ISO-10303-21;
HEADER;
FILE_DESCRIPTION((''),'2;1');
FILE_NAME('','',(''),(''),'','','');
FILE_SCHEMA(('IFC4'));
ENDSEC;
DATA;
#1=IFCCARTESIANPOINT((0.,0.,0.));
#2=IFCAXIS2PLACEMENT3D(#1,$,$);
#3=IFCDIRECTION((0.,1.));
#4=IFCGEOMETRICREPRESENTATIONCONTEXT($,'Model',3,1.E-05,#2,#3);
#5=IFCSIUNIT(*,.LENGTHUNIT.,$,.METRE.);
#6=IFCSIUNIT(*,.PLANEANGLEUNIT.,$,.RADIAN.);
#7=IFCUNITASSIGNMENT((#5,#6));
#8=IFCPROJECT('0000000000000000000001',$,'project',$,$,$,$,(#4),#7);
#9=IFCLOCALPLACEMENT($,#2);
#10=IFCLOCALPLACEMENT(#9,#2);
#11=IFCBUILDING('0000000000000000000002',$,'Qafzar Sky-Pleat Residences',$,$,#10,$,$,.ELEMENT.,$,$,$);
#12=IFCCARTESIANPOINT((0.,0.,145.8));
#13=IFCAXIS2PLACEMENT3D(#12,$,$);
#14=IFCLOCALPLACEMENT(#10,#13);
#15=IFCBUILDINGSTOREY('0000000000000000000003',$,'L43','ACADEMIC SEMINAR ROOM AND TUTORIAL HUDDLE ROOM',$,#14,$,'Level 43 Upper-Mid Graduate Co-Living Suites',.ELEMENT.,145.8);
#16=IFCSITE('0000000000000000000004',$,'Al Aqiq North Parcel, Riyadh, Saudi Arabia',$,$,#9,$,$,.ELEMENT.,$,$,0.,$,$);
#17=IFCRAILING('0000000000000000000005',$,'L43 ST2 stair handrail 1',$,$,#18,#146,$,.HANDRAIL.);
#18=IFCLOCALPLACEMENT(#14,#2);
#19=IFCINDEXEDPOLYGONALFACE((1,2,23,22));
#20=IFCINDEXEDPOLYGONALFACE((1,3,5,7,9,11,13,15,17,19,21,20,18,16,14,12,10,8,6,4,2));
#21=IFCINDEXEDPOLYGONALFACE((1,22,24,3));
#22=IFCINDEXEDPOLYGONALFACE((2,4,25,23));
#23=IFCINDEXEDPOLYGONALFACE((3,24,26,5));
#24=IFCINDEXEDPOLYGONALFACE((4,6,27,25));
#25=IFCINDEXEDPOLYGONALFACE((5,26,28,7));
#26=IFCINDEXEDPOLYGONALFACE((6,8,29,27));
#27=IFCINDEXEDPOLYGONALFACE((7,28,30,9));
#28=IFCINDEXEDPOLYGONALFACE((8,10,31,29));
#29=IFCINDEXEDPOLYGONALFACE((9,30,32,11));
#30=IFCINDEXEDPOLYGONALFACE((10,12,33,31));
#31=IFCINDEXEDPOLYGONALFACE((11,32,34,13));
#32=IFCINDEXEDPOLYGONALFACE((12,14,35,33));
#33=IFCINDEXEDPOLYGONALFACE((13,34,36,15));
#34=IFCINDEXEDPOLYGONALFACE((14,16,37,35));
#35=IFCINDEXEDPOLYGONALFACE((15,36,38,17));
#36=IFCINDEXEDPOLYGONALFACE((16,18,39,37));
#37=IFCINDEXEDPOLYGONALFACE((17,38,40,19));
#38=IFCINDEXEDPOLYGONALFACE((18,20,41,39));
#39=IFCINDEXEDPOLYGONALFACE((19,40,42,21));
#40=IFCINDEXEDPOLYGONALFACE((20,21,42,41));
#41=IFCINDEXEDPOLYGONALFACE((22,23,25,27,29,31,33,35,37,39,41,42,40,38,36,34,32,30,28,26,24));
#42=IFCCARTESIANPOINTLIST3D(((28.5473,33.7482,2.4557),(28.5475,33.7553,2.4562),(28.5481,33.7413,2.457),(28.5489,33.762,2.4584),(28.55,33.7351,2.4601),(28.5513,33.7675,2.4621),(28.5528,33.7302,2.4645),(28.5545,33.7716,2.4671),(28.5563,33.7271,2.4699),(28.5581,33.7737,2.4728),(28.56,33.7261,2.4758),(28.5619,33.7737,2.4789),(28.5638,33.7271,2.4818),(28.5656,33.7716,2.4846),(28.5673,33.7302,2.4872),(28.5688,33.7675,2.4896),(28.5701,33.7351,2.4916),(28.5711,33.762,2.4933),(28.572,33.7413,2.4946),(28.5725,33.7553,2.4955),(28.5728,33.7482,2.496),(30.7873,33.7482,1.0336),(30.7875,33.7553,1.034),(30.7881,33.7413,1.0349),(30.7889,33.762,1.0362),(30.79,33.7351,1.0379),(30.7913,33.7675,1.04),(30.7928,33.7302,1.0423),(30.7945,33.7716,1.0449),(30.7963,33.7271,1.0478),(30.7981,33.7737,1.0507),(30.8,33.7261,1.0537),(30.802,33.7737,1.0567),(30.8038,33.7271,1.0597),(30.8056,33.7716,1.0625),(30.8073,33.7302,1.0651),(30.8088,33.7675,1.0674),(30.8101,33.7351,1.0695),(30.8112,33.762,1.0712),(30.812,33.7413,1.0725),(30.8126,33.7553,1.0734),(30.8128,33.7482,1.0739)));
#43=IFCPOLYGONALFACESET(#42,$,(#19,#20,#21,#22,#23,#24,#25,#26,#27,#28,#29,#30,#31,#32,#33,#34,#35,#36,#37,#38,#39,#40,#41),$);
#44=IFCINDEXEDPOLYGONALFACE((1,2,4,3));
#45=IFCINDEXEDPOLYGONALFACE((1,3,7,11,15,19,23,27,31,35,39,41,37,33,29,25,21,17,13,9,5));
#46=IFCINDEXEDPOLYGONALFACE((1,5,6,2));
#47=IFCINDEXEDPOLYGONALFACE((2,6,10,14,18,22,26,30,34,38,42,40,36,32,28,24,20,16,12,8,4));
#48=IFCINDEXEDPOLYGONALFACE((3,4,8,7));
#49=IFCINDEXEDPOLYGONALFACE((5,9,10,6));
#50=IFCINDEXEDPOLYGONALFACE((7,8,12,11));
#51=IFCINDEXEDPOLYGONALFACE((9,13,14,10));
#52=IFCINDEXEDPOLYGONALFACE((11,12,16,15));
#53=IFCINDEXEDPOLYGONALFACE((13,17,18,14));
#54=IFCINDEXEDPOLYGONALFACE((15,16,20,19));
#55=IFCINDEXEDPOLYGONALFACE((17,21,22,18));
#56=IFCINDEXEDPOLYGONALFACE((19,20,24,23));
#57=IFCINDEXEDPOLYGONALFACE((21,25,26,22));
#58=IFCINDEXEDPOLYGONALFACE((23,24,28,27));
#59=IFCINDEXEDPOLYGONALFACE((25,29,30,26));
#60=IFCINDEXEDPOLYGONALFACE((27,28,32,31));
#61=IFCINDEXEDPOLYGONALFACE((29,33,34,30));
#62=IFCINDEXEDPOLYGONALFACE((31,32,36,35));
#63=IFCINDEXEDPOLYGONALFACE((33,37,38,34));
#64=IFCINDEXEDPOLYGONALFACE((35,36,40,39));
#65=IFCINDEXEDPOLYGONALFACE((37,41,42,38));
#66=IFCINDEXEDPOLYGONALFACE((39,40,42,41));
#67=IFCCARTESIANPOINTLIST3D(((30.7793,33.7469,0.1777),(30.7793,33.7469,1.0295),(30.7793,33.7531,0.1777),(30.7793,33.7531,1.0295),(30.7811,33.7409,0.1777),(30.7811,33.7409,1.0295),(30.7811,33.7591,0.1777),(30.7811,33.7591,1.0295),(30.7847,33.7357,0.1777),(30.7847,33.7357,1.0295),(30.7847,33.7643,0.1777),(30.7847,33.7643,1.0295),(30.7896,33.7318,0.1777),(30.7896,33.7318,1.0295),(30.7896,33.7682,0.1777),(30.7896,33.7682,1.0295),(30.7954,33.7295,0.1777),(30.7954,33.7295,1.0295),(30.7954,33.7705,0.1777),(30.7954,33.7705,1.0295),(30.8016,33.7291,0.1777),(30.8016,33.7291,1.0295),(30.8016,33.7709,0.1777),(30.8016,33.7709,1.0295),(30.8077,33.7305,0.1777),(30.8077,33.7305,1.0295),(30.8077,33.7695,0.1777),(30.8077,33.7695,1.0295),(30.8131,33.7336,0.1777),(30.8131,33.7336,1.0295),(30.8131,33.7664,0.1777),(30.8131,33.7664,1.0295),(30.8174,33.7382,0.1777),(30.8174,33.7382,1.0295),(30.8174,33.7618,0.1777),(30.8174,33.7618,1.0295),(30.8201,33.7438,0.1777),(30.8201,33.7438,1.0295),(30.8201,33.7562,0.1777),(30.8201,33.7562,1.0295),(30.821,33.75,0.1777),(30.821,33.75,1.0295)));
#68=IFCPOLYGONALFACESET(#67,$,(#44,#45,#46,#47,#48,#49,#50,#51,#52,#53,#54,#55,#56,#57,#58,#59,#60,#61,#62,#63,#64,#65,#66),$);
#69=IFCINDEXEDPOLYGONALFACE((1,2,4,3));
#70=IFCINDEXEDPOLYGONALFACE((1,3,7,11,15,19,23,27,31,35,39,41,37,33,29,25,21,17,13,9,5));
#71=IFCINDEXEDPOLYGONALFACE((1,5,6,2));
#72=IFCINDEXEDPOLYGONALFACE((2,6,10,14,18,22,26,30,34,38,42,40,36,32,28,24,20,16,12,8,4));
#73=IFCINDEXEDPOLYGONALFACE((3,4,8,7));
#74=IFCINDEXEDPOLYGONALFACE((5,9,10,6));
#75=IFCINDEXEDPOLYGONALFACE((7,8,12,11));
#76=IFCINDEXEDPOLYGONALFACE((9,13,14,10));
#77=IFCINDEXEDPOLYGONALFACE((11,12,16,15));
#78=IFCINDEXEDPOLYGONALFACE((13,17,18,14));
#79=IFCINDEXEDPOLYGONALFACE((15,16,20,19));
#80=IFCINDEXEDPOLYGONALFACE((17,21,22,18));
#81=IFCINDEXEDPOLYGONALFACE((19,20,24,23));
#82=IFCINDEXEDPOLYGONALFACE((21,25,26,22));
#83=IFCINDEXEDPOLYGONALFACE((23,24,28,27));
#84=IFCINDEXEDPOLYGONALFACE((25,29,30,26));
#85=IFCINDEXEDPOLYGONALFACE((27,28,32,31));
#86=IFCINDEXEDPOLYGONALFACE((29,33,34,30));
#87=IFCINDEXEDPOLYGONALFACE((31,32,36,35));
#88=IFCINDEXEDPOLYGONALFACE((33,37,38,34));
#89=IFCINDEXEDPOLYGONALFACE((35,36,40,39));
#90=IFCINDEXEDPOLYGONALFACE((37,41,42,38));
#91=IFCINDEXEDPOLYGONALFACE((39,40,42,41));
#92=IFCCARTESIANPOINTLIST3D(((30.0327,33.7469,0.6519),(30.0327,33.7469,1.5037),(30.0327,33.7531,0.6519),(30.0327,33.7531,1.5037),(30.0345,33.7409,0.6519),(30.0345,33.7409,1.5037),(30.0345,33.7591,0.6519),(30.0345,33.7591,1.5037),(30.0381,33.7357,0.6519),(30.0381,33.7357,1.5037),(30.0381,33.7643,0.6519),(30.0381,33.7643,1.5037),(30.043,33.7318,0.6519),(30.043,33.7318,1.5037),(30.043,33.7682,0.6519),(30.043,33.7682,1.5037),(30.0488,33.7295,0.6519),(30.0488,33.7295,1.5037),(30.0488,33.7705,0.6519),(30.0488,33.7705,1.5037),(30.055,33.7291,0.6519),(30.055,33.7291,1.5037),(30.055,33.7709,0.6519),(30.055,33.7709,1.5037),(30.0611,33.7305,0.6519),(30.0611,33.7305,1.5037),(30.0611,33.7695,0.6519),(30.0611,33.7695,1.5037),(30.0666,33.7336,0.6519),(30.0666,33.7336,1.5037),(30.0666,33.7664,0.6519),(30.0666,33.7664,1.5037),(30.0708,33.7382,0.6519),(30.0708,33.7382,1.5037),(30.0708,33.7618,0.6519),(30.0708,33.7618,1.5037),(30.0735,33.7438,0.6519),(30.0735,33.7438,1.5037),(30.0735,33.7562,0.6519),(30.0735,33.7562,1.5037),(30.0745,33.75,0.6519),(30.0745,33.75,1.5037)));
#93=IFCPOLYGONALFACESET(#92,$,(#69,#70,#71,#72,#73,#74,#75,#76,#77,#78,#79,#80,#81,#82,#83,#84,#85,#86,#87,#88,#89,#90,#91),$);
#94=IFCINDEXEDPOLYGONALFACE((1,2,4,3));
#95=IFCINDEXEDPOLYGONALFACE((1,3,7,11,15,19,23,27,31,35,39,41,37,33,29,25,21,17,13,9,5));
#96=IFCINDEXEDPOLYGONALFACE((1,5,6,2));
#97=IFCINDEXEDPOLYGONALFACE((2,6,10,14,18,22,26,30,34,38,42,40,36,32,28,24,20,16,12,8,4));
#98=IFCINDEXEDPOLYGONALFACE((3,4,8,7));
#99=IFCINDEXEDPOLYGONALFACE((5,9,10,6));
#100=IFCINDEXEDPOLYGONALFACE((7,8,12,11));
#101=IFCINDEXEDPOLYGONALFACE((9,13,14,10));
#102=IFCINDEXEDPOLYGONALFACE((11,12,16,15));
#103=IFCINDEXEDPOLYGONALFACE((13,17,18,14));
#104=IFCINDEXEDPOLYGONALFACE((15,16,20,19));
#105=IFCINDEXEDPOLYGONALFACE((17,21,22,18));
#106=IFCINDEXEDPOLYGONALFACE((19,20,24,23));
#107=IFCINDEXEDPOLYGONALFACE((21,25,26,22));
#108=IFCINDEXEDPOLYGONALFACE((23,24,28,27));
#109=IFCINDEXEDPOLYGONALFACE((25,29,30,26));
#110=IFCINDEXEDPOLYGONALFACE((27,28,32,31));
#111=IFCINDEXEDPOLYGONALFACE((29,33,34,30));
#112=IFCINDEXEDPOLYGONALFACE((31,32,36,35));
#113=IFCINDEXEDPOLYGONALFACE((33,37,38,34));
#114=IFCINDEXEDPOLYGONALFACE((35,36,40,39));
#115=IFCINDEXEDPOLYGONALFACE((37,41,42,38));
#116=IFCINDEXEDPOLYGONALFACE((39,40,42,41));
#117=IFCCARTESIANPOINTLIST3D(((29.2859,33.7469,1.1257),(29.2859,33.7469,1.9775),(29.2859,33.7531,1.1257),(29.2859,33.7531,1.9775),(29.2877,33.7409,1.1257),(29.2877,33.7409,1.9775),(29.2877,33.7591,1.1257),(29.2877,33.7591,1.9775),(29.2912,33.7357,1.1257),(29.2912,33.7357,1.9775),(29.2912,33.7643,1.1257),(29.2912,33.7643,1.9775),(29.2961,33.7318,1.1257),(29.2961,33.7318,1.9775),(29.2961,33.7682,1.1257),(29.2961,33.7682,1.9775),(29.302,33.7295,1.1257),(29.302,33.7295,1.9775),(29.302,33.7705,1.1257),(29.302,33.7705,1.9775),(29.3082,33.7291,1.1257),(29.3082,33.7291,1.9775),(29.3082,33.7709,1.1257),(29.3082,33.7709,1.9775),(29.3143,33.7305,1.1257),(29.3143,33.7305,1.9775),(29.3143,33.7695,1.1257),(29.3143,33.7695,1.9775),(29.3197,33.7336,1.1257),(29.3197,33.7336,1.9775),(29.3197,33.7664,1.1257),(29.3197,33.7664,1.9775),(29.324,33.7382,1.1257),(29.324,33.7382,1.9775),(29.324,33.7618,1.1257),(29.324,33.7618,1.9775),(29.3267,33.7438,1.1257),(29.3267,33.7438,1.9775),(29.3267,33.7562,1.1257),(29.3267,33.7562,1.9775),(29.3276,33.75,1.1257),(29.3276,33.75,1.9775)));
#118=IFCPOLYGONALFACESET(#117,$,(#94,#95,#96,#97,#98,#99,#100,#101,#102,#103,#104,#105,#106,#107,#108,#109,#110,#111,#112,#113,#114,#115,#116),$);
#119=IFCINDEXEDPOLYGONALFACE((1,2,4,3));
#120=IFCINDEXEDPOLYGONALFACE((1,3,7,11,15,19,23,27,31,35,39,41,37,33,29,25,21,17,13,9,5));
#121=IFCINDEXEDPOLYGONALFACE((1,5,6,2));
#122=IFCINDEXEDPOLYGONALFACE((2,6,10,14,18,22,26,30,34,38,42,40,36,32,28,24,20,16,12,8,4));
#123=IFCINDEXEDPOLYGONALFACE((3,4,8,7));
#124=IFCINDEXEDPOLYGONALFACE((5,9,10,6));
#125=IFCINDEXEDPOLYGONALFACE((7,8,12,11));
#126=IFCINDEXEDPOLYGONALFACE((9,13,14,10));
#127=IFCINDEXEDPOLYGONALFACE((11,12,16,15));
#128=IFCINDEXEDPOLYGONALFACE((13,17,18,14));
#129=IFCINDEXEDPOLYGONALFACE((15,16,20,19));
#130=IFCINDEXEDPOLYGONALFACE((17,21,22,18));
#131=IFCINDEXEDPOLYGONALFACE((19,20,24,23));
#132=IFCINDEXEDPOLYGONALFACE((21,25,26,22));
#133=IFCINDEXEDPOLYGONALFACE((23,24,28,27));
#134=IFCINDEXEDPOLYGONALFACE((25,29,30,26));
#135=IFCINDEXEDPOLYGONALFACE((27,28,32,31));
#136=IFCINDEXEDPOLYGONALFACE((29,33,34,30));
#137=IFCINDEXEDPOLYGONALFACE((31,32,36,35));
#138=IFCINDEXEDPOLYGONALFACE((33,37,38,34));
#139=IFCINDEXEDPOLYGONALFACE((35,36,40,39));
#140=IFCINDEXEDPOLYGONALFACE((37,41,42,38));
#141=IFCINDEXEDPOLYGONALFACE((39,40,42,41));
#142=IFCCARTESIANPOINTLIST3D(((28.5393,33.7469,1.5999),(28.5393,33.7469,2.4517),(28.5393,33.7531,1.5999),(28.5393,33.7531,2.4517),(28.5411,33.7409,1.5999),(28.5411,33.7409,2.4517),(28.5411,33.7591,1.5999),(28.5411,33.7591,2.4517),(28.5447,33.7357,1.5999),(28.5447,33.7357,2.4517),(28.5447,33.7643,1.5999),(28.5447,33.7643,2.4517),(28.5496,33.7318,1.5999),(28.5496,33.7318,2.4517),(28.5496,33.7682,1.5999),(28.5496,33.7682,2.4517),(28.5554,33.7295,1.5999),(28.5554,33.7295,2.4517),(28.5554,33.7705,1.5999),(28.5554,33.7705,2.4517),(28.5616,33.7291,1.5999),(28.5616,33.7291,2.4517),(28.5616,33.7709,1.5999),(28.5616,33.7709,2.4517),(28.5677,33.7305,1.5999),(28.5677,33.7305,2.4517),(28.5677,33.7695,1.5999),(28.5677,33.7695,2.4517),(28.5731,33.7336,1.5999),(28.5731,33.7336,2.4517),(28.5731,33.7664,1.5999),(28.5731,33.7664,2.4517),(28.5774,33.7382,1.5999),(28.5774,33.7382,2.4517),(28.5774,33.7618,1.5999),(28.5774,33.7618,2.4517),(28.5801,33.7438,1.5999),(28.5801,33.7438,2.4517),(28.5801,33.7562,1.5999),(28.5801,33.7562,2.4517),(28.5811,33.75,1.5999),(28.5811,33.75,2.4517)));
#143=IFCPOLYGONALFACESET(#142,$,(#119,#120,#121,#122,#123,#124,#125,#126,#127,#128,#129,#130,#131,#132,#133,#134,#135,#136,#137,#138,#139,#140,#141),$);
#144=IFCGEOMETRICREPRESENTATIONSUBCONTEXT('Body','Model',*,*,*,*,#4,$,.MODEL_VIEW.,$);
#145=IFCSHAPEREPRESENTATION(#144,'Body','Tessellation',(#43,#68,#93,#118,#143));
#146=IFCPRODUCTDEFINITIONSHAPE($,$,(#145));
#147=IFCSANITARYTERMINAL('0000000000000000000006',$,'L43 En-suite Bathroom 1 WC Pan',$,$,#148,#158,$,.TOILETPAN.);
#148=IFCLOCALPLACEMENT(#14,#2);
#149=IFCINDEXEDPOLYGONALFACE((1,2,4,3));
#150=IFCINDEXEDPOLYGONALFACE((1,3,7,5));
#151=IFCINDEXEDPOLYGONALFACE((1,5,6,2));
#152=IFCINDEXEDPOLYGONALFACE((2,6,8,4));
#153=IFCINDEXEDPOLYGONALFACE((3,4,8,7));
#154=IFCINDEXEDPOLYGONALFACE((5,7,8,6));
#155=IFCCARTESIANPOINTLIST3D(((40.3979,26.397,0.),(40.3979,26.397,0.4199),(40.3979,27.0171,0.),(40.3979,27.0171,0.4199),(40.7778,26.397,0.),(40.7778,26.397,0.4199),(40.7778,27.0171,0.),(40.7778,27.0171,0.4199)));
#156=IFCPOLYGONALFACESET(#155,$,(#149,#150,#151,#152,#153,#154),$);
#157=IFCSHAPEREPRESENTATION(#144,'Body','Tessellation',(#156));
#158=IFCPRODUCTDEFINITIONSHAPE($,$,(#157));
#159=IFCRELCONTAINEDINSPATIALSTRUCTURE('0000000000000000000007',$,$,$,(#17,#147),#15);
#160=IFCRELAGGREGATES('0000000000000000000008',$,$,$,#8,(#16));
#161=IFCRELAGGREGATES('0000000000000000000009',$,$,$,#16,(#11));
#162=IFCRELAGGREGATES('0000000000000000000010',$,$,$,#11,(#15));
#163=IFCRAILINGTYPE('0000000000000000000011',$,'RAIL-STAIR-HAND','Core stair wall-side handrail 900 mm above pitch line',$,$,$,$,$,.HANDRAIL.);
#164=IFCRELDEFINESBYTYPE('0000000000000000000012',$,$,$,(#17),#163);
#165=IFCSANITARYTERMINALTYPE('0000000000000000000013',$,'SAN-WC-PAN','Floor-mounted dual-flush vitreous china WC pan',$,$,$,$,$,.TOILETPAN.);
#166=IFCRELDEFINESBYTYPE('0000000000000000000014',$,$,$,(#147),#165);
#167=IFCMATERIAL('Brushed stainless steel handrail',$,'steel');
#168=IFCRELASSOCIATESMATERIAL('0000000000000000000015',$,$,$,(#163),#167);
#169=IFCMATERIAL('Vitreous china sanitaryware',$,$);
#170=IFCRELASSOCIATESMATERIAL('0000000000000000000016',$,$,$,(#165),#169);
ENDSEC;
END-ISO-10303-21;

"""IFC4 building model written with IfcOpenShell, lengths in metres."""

from ifc_helpers import new_model, si_unit, direction, frame, origin, origin_2d, place, context, subcontext, project, spatial, rectangle, circle, extrude, source, transform, mapped, material, type_object, element, save


model = new_model("IFC4")

# Units and contexts
model_context = context("Model", 3, precision=1e-05, world=origin(), true_north=direction((0.0, 1.0)))
body_context = subcontext(model_context, "Body", "Model", "MODEL_VIEW")
ifc_project = project(units=[si_unit("LENGTHUNIT", "METRE"), si_unit("PLANEANGLEUNIT", "RADIAN")], contexts=[model_context])

# Site, building, storey
site_placement = place(None, origin())
site = spatial("IfcSite", under=ifc_project, at=site_placement, Name="Al Aqiq North Parcel, Riyadh, Saudi Arabia", CompositionType="ELEMENT", RefElevation=0.0)
building_placement = place(site_placement, origin())
building = spatial("IfcBuilding", under=site, at=building_placement, Name="Qafzar Sky-Pleat Residences", CompositionType="ELEMENT")
storey_placement = place(building_placement, frame((0.0, 0.0, 145.8)))
storey = spatial("IfcBuildingStorey", under=building, at=storey_placement, Name="L43", Description="ACADEMIC SEMINAR ROOM AND TUTORIAL HUDDLE ROOM", LongName="Level 43 Upper-Mid Graduate Co-Living Suites", CompositionType="ELEMENT", Elevation=145.8)

# Railing
ifc_material_1 = material(Name="Brushed stainless steel handrail", Category="steel")
railing_type_1 = type_object("IfcRailingType", Name="RAIL-STAIR-HAND", Description="Core stair wall-side handrail 900 mm above pitch line", PredefinedType="HANDRAIL", material=ifc_material_1)
shared_shape_1 = source(origin(), body_context, "Body", "SweptSolid", [
    extrude(circle(Radius=0.0239, at=origin_2d()), frame((0.0, 0.0, 0.876), z_axis=(-0.844229, 0.0, 0.535982), x_axis=(0.0, -1.0, 0.0)), (0.0, 0.0, 1.0), 2.6533),
    extrude(circle(Radius=0.021, at=origin_2d()), origin(), (0.0, 0.0, 1.0), 0.8518),
    extrude(circle(Radius=0.021, at=origin_2d()), frame((-0.7466, 0.0, 0.4741)), (0.0, 0.0, 1.0), 0.8518),
    extrude(circle(Radius=0.021, at=origin_2d()), frame((-1.4934, 0.0, 0.948)), (0.0, 0.0, 1.0), 0.8518),
    extrude(circle(Radius=0.021, at=origin_2d()), frame((-2.24, 0.0, 1.4221)), (0.0, 0.0, 1.0), 0.8518),
])
railing_1_placement = place(storey_placement, frame((30.8, 33.75, 0.1777)))
element("IfcRailing", 1, at=railing_1_placement, inside=storey, type_object=railing_type_1, Name="L43 ST2 stair handrail 1", PredefinedType="HANDRAIL", context=body_context, shape_type="MappedRepresentation", body=[
    mapped(shared_shape_1, transform((0.0, 0.0, 0.0), x_axis=(1.0, 0.0, 0.0), y_axis=(0.0, 1.0, 0.0), z_axis=(0.0, 0.0, 1.0), scale=1.0)),
])

# Sanitary terminal
ifc_material_2 = material(Name="Vitreous china sanitaryware")
sanitary_terminal_type = type_object("IfcSanitaryTerminalType", Name="SAN-WC-PAN", Description="Floor-mounted dual-flush vitreous china WC pan", PredefinedType="TOILETPAN", material=ifc_material_2)
shared_shape_2 = source(origin(), body_context, "Body", "SweptSolid", [
    extrude(rectangle(XDim=0.3799, YDim=0.6201, at=origin_2d()), origin(), (0.0, 0.0, 1.0), 0.4199),
])
sanitary_terminal_placement = place(storey_placement, frame((40.5879, 26.707, 0.0), z_axis=(0.0, 0.0, 1.0), x_axis=(1.0, 0.0, 0.0)))
element("IfcSanitaryTerminal", 2, at=sanitary_terminal_placement, inside=storey, type_object=sanitary_terminal_type, Name="L43 En-suite Bathroom 1 WC Pan", PredefinedType="TOILETPAN", context=body_context, shape_type="MappedRepresentation", body=[
    mapped(shared_shape_2, transform((0.0, 0.0, 0.0), x_axis=(1.0, 0.0, 0.0), y_axis=(0.0, 1.0, 0.0), z_axis=(0.0, 0.0, 1.0), scale=1.0)),
])

save(model, "model.ifc")
